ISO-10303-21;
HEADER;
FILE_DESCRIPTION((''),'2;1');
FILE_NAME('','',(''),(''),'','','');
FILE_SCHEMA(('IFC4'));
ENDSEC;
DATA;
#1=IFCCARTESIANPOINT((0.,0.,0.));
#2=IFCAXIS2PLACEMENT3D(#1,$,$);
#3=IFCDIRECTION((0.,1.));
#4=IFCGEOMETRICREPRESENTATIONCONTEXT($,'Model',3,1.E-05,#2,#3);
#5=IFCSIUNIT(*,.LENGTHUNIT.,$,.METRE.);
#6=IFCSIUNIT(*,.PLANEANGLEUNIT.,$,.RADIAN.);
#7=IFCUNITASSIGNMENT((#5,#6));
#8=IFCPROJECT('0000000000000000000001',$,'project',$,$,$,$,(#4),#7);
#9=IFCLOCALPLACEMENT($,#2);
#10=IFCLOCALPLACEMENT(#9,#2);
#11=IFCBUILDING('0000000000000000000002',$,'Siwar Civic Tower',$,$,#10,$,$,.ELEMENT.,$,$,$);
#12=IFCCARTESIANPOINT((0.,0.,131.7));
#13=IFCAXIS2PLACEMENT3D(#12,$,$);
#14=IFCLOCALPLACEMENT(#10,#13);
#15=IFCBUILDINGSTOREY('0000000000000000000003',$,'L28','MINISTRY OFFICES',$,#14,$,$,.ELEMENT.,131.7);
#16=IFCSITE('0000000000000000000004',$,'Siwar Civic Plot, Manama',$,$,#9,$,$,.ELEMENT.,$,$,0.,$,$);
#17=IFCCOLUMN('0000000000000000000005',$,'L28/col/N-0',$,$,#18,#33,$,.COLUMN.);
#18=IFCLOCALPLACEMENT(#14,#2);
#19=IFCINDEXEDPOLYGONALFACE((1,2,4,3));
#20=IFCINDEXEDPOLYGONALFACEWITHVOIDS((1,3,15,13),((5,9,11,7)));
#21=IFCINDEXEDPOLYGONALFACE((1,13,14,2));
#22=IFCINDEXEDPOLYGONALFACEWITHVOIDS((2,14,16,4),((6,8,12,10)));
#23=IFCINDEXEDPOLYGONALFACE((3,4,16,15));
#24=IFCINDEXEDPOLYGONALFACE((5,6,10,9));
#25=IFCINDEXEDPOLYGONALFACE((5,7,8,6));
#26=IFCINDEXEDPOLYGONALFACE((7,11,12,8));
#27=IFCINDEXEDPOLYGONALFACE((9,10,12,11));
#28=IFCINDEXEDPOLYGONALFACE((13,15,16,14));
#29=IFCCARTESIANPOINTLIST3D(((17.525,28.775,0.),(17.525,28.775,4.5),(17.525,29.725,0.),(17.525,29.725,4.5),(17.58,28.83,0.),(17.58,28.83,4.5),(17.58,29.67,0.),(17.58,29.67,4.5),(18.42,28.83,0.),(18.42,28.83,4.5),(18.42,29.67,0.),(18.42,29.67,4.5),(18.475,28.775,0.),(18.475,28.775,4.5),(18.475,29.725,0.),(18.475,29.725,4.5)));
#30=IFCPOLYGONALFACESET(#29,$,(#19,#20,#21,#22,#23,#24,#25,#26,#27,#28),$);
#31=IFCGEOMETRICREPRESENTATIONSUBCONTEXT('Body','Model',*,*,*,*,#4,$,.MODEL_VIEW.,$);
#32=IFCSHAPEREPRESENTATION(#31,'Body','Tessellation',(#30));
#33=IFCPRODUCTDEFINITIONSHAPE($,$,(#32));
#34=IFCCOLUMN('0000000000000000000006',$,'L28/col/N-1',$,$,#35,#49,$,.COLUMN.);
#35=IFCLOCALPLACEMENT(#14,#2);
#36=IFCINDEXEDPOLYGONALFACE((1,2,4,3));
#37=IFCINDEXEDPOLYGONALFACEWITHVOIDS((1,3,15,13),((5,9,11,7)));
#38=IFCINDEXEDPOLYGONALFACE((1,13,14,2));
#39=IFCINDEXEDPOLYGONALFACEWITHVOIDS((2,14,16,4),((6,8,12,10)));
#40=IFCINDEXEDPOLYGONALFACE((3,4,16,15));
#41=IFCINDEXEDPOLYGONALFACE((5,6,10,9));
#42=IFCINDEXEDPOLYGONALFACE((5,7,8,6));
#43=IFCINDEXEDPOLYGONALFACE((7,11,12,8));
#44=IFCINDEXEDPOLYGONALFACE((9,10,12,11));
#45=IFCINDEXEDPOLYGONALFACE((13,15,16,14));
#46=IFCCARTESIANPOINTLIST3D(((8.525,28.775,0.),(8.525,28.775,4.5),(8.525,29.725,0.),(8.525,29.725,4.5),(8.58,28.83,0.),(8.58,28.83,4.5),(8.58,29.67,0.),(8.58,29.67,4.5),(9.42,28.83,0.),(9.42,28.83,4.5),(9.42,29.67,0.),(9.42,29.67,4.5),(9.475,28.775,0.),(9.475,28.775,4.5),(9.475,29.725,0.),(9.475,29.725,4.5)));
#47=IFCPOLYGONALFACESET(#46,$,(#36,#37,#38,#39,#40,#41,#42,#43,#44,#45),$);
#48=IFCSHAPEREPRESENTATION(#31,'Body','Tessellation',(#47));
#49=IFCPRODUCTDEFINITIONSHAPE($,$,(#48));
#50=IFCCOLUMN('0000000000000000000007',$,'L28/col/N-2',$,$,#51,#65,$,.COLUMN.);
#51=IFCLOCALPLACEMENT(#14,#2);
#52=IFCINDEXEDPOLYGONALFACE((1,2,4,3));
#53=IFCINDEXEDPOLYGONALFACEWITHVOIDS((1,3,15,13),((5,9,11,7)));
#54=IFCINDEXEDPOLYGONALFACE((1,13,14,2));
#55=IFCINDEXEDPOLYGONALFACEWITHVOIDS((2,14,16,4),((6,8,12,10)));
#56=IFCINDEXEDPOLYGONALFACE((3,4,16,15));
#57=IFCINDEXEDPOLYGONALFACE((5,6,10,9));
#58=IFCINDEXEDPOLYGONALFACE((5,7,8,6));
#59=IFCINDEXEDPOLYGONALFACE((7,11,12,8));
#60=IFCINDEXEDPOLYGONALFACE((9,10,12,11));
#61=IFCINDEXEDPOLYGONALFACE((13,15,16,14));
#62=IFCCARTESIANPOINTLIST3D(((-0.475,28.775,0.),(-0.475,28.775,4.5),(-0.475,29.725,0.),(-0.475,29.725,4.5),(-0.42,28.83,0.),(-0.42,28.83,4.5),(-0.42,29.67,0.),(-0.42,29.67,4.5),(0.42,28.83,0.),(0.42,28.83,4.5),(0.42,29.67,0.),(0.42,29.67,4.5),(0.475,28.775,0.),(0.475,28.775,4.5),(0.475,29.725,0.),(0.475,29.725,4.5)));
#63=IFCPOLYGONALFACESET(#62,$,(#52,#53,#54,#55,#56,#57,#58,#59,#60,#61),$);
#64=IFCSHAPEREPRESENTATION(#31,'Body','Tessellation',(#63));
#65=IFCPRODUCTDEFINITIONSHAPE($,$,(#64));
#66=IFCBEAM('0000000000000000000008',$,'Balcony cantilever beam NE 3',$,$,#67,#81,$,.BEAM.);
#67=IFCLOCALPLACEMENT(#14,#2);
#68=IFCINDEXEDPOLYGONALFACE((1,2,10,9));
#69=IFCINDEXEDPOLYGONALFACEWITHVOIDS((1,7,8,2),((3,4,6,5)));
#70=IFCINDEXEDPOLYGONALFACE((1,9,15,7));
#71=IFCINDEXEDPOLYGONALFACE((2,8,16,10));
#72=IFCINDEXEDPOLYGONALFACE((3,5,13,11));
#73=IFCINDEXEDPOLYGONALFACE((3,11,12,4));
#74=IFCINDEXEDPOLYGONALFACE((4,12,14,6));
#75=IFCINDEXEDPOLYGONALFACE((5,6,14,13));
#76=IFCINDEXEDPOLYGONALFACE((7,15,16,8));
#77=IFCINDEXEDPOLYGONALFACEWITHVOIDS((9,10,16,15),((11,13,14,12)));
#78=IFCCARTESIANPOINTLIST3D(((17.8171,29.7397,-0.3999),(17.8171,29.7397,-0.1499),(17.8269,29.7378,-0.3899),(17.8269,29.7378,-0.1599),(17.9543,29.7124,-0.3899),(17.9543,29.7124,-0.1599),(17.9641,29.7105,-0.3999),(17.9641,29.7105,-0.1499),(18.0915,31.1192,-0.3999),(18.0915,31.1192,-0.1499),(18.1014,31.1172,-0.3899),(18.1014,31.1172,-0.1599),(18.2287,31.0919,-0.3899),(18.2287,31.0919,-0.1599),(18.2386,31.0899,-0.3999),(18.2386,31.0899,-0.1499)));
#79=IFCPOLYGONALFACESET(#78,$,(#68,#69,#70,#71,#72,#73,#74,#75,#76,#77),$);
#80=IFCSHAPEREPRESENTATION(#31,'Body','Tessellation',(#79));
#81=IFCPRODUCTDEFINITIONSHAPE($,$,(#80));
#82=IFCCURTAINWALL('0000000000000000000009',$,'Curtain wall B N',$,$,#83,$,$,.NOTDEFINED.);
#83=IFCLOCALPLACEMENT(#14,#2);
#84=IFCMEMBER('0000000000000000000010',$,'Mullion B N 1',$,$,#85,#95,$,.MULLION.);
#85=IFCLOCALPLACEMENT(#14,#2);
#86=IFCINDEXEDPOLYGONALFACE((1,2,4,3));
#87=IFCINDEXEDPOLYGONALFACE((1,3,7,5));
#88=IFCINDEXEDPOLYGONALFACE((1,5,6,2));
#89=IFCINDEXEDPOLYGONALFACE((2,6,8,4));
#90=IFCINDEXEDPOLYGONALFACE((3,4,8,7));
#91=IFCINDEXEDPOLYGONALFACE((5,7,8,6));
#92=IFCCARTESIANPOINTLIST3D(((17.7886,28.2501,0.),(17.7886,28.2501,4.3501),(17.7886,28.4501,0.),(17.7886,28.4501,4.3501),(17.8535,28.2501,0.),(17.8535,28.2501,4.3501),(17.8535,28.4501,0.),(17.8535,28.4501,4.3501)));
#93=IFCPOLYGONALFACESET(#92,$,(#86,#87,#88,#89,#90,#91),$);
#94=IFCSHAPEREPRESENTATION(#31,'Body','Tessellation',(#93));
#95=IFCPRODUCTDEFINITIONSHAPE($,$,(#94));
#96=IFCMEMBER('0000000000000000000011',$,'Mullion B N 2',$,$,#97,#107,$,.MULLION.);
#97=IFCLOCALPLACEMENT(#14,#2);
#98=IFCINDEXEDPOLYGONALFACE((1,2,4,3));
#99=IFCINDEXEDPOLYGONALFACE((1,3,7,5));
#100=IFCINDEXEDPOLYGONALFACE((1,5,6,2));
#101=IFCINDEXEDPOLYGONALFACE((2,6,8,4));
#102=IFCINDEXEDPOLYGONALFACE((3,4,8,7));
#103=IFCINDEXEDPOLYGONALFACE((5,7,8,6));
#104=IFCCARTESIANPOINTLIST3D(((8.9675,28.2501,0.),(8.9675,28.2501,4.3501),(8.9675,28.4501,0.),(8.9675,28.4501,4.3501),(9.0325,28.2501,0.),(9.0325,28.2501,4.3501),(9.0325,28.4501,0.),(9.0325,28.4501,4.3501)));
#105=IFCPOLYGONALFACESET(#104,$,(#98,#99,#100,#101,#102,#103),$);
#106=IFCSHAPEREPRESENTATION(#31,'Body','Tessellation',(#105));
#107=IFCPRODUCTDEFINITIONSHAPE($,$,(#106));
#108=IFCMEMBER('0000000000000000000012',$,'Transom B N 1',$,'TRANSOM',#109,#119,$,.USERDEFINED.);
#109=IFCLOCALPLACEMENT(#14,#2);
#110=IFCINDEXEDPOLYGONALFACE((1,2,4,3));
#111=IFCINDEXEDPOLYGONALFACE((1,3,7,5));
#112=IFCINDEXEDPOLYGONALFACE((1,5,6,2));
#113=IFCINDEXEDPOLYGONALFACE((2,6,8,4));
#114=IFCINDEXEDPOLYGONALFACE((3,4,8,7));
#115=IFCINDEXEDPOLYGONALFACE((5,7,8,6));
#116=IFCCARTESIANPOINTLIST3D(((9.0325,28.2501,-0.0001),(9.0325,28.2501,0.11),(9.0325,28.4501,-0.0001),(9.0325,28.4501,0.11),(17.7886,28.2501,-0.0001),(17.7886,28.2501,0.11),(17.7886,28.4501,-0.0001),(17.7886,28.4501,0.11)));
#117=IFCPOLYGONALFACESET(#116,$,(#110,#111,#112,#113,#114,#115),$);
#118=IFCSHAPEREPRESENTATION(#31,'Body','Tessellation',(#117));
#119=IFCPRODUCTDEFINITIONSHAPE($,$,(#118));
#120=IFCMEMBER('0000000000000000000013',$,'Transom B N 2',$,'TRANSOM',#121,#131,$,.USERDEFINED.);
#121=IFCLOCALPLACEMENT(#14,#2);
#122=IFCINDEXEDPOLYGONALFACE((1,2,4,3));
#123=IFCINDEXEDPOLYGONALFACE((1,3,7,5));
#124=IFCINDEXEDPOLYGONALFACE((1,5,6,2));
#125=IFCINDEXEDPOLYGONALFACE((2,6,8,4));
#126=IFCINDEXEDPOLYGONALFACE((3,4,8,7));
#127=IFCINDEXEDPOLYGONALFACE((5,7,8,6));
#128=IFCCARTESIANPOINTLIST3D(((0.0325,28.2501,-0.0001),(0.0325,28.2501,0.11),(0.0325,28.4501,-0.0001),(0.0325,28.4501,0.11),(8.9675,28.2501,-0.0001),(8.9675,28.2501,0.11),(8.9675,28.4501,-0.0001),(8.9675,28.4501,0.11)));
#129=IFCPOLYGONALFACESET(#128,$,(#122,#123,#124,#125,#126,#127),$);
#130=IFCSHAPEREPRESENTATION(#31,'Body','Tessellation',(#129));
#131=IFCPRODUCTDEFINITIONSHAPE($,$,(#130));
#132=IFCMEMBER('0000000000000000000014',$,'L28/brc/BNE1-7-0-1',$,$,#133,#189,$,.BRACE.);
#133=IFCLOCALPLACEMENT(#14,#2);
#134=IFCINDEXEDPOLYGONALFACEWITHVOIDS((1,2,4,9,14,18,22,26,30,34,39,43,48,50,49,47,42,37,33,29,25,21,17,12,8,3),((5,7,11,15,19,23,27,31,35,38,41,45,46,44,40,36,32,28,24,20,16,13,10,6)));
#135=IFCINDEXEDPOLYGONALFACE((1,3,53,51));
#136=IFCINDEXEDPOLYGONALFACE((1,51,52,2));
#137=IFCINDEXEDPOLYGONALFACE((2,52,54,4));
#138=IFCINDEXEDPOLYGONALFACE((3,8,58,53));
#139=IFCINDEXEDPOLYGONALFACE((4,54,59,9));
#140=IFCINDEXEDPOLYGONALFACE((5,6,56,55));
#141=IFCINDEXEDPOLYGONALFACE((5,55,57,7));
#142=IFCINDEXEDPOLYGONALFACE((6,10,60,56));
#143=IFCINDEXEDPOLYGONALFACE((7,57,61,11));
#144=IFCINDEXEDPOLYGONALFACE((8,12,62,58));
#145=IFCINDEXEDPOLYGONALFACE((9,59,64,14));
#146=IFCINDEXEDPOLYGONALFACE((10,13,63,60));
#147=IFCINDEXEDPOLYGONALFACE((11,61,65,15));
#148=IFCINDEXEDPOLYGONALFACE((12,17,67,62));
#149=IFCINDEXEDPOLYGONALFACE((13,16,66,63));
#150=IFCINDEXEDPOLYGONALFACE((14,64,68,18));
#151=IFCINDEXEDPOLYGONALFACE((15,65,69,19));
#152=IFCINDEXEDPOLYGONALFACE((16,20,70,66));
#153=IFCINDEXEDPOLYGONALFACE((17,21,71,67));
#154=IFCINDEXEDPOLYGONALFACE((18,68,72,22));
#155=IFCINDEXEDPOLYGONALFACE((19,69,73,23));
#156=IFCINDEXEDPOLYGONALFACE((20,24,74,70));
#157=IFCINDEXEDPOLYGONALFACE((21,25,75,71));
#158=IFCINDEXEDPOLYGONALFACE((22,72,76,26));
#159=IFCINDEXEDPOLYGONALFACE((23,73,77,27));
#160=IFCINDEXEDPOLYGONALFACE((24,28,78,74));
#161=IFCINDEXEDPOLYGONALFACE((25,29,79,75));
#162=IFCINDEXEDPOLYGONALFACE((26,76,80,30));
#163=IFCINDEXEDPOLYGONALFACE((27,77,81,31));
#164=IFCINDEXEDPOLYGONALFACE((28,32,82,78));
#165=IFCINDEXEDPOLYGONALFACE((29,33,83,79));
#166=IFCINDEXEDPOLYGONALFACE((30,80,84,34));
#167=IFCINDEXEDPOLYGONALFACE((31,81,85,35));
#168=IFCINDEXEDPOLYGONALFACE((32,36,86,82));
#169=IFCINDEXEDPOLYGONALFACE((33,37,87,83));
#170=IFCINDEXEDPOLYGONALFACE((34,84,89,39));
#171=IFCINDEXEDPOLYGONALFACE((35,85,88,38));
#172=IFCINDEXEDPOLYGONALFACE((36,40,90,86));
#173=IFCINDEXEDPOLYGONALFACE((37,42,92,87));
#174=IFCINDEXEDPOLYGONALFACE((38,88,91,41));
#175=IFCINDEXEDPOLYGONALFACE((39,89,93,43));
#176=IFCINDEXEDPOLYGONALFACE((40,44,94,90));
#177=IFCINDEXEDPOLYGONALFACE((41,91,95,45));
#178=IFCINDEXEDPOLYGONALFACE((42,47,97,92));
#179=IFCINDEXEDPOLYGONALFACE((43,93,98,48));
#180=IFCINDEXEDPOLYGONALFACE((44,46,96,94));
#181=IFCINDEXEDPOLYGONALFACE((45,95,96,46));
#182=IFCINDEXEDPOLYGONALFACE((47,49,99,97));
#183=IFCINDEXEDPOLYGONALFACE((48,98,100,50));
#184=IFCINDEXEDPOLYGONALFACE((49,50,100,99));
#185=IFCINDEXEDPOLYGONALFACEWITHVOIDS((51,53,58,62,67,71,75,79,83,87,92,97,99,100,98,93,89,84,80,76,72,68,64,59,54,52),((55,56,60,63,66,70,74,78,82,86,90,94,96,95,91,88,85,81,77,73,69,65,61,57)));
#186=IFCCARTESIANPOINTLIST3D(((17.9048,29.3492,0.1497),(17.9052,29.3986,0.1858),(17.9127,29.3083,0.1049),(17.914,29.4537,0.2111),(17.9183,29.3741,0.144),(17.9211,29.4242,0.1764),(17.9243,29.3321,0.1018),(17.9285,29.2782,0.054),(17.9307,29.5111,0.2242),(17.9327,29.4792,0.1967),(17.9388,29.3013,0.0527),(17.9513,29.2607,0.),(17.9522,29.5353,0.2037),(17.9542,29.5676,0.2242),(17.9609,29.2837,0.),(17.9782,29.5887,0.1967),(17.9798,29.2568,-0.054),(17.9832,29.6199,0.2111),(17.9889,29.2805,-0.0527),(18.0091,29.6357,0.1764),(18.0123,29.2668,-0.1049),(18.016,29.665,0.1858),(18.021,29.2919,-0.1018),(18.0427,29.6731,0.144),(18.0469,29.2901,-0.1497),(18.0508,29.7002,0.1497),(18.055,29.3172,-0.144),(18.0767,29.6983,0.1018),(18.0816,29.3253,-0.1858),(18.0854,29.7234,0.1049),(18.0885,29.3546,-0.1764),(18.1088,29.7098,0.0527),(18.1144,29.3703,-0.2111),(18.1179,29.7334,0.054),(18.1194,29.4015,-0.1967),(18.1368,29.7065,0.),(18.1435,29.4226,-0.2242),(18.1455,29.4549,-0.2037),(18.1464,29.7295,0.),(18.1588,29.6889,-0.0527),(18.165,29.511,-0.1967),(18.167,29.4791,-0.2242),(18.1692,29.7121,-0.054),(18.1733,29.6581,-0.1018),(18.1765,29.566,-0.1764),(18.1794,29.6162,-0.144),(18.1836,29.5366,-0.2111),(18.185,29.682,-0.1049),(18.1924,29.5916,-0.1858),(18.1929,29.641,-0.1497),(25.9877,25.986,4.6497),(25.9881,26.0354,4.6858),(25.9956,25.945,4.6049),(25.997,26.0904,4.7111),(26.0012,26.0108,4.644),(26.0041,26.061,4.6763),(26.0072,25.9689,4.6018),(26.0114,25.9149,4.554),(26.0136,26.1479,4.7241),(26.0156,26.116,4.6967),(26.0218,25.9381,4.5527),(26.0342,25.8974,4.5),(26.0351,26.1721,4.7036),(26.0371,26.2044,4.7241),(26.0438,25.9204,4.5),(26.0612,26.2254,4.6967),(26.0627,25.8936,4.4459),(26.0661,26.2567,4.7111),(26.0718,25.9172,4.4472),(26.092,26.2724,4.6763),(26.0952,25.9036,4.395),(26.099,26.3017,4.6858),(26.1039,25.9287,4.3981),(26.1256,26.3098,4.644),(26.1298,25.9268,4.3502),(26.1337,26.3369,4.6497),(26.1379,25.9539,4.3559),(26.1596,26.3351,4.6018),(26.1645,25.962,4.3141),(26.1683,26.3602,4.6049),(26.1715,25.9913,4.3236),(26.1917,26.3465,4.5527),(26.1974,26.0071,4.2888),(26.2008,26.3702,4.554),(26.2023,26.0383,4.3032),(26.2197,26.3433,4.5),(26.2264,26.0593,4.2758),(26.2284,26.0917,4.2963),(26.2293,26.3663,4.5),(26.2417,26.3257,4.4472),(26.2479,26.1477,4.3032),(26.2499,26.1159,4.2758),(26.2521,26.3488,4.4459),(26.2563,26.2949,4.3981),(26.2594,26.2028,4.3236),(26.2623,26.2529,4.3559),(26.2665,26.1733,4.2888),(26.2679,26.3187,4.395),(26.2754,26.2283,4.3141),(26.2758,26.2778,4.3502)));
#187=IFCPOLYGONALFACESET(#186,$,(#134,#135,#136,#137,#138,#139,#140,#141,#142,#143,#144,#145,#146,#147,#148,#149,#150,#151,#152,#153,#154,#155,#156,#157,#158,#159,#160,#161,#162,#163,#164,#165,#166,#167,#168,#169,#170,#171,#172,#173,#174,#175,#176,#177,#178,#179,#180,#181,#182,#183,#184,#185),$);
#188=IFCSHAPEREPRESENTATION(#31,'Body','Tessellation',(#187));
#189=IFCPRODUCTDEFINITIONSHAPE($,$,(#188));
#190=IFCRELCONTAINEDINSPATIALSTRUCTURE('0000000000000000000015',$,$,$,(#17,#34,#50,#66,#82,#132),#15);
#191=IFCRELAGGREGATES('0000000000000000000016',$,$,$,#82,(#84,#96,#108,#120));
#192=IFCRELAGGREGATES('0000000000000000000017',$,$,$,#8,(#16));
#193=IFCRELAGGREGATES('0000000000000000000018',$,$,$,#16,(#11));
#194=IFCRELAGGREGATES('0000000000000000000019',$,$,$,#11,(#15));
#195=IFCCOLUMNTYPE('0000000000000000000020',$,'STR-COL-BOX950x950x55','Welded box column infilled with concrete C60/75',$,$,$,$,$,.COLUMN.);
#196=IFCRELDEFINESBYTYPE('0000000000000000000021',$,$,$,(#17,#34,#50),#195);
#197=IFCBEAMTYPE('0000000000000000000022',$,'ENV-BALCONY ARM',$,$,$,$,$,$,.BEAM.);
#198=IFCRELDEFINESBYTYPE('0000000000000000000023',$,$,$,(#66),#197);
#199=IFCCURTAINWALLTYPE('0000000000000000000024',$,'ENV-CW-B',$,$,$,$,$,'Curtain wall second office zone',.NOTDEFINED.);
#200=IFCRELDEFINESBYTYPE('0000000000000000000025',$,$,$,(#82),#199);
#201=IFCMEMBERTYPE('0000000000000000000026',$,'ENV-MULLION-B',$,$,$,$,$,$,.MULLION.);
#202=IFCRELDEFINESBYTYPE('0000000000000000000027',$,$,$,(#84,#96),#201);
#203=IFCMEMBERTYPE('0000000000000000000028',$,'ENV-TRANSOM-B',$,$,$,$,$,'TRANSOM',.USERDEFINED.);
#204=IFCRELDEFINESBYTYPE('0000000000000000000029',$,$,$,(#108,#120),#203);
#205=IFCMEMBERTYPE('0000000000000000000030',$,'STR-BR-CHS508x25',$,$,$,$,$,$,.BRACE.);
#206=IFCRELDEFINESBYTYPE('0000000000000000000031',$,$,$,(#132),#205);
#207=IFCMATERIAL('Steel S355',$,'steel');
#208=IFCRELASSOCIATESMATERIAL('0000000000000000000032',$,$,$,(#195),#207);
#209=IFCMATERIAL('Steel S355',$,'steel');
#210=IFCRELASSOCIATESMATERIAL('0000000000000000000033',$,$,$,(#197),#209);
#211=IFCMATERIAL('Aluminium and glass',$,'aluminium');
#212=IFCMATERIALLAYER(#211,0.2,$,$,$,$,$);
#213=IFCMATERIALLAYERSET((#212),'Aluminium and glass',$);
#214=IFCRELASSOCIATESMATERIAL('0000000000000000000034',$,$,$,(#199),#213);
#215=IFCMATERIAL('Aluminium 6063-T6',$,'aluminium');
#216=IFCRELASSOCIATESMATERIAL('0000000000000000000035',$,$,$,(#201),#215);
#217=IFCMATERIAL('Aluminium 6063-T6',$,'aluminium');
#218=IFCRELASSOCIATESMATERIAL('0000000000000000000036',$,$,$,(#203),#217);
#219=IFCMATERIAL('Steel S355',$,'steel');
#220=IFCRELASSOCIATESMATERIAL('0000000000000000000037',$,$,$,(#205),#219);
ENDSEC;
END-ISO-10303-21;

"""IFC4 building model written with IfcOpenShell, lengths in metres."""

from ifc_helpers import new_model, si_unit, direction, frame, origin, origin_2d, place, context, subcontext, project, spatial, rectangle, hollow_rectangle, hollow_circle, extrude, material, layer, layer_set, material_profile, profile_set, type_object, element, aggregate, save


model = new_model("IFC4")

# Units and contexts
model_context = context("Model", 3, precision=1e-05, world=origin(), true_north=direction((0.0, 1.0)))
body_context = subcontext(model_context, "Body", "Model", "MODEL_VIEW")
ifc_project = project(units=[si_unit("LENGTHUNIT", "METRE"), si_unit("PLANEANGLEUNIT", "RADIAN")], contexts=[model_context])

# Site, building, storey
site_placement = place(None, origin())
site = spatial("IfcSite", under=ifc_project, at=site_placement, Name="Siwar Civic Plot, Manama", CompositionType="ELEMENT", RefElevation=0.0)
building_placement = place(site_placement, origin())
building = spatial("IfcBuilding", under=site, at=building_placement, Name="Siwar Civic Tower", CompositionType="ELEMENT")
storey_placement = place(building_placement, frame((0.0, 0.0, 131.7)))
storey = spatial("IfcBuildingStorey", under=building, at=storey_placement, Name="L28", Description="MINISTRY OFFICES", CompositionType="ELEMENT", Elevation=131.7)

# Columns
ifc_material_1 = material(Name="Steel S355", Category="steel")
ifc_material_profile_1 = material_profile(ifc_material_1, hollow_rectangle(XDim=0.95, YDim=0.95, WallThickness=0.0549, at=origin_2d()), Name="BOX950x950x55")
ifc_profile_set_1 = profile_set([ifc_material_profile_1], Name="Steel S355")
column_type = type_object("IfcColumnType", Name="STR-COL-BOX950x950x55", Description="Welded box column infilled with concrete C60/75", PredefinedType="COLUMN", material=ifc_profile_set_1)
for number, where, z_axis, x_axis, name in (
    (1, (18.0, 29.25, 0.0), (0.0, 0.0, 1.0), (1.0, 0.0, 0.0), "L28/col/N-0"),
    (2, (9.0, 29.25, 0.0), (0.0, 0.0, 1.0), (1.0, 0.0, 0.0), "L28/col/N-1"),
    (3, (0.0, 29.25, 0.0), (0.0, 0.0, 1.0), (1.0, 0.0, 0.0), "L28/col/N-2"),
):
    element("IfcColumn", number, at=place(storey_placement, frame(where, z_axis=z_axis, x_axis=x_axis)), inside=storey, type_object=column_type, Name=name, PredefinedType="COLUMN", context=body_context, shape_type="SweptSolid", body=[
        extrude(hollow_rectangle(XDim=0.95, YDim=0.95, WallThickness=0.0549, at=origin_2d()), origin(), (0.0, 0.0, 1.0), 4.5),
    ])

# Beam
ifc_material_2 = material(Name="Steel S355", Category="steel")
ifc_material_profile_2 = material_profile(ifc_material_2, hollow_rectangle(XDim=0.1499, YDim=0.25, WallThickness=0.01, at=origin_2d()), Name="RHS250x150x10")
ifc_profile_set_2 = profile_set([ifc_material_profile_2], Name="Steel S355")
beam_type_1 = type_object("IfcBeamType", Name="ENV-BALCONY ARM", PredefinedType="BEAM", material=ifc_profile_set_2)
beam_1_placement = place(storey_placement, frame((17.8906, 29.7251, -0.2749), z_axis=(0.195115, 0.98078, 0.0), x_axis=(-0.98078, 0.195115, 0.0)))
element("IfcBeam", 4, at=beam_1_placement, inside=storey, type_object=beam_type_1, Name="Balcony cantilever beam NE 3", PredefinedType="BEAM", context=body_context, shape_type="SweptSolid", body=[
    extrude(hollow_rectangle(XDim=0.1499, YDim=0.25, WallThickness=0.01, at=origin_2d()), origin(), (0.0, 0.0, 1.0), 1.4065),
])

# Curtain wall, members
ifc_material_3 = material(Name="Aluminium and glass", Category="aluminium")
ifc_layer_1 = layer(ifc_material_3, 0.2)
ifc_layer_set_1 = layer_set([ifc_layer_1], Name="Aluminium and glass")
curtain_wall_type = type_object("IfcCurtainWallType", Name="ENV-CW-B", ElementType="Curtain wall second office zone", PredefinedType="NOTDEFINED", material=ifc_layer_set_1)
curtain_wall_placement = place(storey_placement, origin())
curtain_wall = element("IfcCurtainWall", 5, at=curtain_wall_placement, inside=storey, type_object=curtain_wall_type, Name="Curtain wall B N", PredefinedType="NOTDEFINED")
ifc_material_4 = material(Name="Aluminium 6063-T6", Category="aluminium")
ifc_material_profile_3 = material_profile(ifc_material_4, rectangle(XDim=0.2, YDim=0.0649, at=origin_2d()), Name="AL 200x65")
ifc_profile_set_3 = profile_set([ifc_material_profile_3], Name="Aluminium 6063-T6")
member_type_1 = type_object("IfcMemberType", Name="ENV-MULLION-B", PredefinedType="MULLION", material=ifc_profile_set_3)
member_1_placement = place(storey_placement, frame((17.821, 28.3501, 0.0), z_axis=(0.0, 0.0, 1.0), x_axis=(0.0, -1.0, 0.0)))
member_1 = element("IfcMember", 6, at=member_1_placement, type_object=member_type_1, Name="Mullion B N 1", PredefinedType="MULLION", context=body_context, shape_type="SweptSolid", body=[
    extrude(rectangle(XDim=0.2, YDim=0.0649, at=origin_2d()), origin(), (0.0, 0.0, 1.0), 4.3501),
])
member_2_placement = place(storey_placement, frame((9.0, 28.3501, 0.0), z_axis=(0.0, 0.0, 1.0), x_axis=(0.0, -1.0, 0.0)))
member_2 = element("IfcMember", 7, at=member_2_placement, type_object=member_type_1, Name="Mullion B N 2", PredefinedType="MULLION", context=body_context, shape_type="SweptSolid", body=[
    extrude(rectangle(XDim=0.2, YDim=0.0649, at=origin_2d()), origin(), (0.0, 0.0, 1.0), 4.3501),
])
ifc_material_5 = material(Name="Aluminium 6063-T6", Category="aluminium")
ifc_material_profile_4 = material_profile(ifc_material_5, rectangle(XDim=0.2, YDim=0.1101, at=origin_2d()), Name="AL 200x110")
ifc_profile_set_4 = profile_set([ifc_material_profile_4], Name="Aluminium 6063-T6")
member_type_2 = type_object("IfcMemberType", Name="ENV-TRANSOM-B", ElementType="TRANSOM", PredefinedType="USERDEFINED", material=ifc_profile_set_4)
member_3_placement = place(storey_placement, frame((17.7886, 28.3501, 0.0549), z_axis=(-1.0, 0.0, 0.0), x_axis=(0.0, -1.0, 0.0)))
member_3 = element("IfcMember", 8, at=member_3_placement, type_object=member_type_2, Name="Transom B N 1", ObjectType="TRANSOM", PredefinedType="USERDEFINED", context=body_context, shape_type="SweptSolid", body=[
    extrude(rectangle(XDim=0.2, YDim=0.1101, at=origin_2d()), origin(), (0.0, 0.0, 1.0), 8.7561),
])
member_4_placement = place(storey_placement, frame((8.9675, 28.3501, 0.0549), z_axis=(-1.0, 0.0, 0.0), x_axis=(0.0, -1.0, 0.0)))
member_4 = element("IfcMember", 9, at=member_4_placement, type_object=member_type_2, Name="Transom B N 2", ObjectType="TRANSOM", PredefinedType="USERDEFINED", context=body_context, shape_type="SweptSolid", body=[
    extrude(rectangle(XDim=0.2, YDim=0.1101, at=origin_2d()), origin(), (0.0, 0.0, 1.0), 8.9351),
])

# Member
ifc_material_6 = material(Name="Steel S355", Category="steel")
ifc_material_profile_5 = material_profile(ifc_material_6, hollow_circle(Radius=0.2539, WallThickness=0.0249, at=origin_2d()), Name="CHS508x25")
ifc_profile_set_5 = profile_set([ifc_material_profile_5], Name="Steel S355")
member_type_3 = type_object("IfcMemberType", Name="STR-BR-CHS508x25", PredefinedType="BRACE", material=ifc_profile_set_5)
member_5_placement = place(storey_placement, frame((18.0488, 29.4951, 0.0), z_axis=(0.821143, -0.341671, 0.457149), x_axis=(0.384164, 0.923265, 0.0)))
element("IfcMember", 10, at=member_5_placement, inside=storey, type_object=member_type_3, Name="L28/brc/BNE1-7-0-1", PredefinedType="BRACE", context=body_context, shape_type="SweptSolid", body=[
    extrude(hollow_circle(Radius=0.2539, WallThickness=0.0249, at=origin_2d()), origin(), (0.0, 0.0, 1.0), 9.8435),
])

aggregate(curtain_wall, [member_1, member_2, member_3, member_4])

save(model, "model.ifc")
